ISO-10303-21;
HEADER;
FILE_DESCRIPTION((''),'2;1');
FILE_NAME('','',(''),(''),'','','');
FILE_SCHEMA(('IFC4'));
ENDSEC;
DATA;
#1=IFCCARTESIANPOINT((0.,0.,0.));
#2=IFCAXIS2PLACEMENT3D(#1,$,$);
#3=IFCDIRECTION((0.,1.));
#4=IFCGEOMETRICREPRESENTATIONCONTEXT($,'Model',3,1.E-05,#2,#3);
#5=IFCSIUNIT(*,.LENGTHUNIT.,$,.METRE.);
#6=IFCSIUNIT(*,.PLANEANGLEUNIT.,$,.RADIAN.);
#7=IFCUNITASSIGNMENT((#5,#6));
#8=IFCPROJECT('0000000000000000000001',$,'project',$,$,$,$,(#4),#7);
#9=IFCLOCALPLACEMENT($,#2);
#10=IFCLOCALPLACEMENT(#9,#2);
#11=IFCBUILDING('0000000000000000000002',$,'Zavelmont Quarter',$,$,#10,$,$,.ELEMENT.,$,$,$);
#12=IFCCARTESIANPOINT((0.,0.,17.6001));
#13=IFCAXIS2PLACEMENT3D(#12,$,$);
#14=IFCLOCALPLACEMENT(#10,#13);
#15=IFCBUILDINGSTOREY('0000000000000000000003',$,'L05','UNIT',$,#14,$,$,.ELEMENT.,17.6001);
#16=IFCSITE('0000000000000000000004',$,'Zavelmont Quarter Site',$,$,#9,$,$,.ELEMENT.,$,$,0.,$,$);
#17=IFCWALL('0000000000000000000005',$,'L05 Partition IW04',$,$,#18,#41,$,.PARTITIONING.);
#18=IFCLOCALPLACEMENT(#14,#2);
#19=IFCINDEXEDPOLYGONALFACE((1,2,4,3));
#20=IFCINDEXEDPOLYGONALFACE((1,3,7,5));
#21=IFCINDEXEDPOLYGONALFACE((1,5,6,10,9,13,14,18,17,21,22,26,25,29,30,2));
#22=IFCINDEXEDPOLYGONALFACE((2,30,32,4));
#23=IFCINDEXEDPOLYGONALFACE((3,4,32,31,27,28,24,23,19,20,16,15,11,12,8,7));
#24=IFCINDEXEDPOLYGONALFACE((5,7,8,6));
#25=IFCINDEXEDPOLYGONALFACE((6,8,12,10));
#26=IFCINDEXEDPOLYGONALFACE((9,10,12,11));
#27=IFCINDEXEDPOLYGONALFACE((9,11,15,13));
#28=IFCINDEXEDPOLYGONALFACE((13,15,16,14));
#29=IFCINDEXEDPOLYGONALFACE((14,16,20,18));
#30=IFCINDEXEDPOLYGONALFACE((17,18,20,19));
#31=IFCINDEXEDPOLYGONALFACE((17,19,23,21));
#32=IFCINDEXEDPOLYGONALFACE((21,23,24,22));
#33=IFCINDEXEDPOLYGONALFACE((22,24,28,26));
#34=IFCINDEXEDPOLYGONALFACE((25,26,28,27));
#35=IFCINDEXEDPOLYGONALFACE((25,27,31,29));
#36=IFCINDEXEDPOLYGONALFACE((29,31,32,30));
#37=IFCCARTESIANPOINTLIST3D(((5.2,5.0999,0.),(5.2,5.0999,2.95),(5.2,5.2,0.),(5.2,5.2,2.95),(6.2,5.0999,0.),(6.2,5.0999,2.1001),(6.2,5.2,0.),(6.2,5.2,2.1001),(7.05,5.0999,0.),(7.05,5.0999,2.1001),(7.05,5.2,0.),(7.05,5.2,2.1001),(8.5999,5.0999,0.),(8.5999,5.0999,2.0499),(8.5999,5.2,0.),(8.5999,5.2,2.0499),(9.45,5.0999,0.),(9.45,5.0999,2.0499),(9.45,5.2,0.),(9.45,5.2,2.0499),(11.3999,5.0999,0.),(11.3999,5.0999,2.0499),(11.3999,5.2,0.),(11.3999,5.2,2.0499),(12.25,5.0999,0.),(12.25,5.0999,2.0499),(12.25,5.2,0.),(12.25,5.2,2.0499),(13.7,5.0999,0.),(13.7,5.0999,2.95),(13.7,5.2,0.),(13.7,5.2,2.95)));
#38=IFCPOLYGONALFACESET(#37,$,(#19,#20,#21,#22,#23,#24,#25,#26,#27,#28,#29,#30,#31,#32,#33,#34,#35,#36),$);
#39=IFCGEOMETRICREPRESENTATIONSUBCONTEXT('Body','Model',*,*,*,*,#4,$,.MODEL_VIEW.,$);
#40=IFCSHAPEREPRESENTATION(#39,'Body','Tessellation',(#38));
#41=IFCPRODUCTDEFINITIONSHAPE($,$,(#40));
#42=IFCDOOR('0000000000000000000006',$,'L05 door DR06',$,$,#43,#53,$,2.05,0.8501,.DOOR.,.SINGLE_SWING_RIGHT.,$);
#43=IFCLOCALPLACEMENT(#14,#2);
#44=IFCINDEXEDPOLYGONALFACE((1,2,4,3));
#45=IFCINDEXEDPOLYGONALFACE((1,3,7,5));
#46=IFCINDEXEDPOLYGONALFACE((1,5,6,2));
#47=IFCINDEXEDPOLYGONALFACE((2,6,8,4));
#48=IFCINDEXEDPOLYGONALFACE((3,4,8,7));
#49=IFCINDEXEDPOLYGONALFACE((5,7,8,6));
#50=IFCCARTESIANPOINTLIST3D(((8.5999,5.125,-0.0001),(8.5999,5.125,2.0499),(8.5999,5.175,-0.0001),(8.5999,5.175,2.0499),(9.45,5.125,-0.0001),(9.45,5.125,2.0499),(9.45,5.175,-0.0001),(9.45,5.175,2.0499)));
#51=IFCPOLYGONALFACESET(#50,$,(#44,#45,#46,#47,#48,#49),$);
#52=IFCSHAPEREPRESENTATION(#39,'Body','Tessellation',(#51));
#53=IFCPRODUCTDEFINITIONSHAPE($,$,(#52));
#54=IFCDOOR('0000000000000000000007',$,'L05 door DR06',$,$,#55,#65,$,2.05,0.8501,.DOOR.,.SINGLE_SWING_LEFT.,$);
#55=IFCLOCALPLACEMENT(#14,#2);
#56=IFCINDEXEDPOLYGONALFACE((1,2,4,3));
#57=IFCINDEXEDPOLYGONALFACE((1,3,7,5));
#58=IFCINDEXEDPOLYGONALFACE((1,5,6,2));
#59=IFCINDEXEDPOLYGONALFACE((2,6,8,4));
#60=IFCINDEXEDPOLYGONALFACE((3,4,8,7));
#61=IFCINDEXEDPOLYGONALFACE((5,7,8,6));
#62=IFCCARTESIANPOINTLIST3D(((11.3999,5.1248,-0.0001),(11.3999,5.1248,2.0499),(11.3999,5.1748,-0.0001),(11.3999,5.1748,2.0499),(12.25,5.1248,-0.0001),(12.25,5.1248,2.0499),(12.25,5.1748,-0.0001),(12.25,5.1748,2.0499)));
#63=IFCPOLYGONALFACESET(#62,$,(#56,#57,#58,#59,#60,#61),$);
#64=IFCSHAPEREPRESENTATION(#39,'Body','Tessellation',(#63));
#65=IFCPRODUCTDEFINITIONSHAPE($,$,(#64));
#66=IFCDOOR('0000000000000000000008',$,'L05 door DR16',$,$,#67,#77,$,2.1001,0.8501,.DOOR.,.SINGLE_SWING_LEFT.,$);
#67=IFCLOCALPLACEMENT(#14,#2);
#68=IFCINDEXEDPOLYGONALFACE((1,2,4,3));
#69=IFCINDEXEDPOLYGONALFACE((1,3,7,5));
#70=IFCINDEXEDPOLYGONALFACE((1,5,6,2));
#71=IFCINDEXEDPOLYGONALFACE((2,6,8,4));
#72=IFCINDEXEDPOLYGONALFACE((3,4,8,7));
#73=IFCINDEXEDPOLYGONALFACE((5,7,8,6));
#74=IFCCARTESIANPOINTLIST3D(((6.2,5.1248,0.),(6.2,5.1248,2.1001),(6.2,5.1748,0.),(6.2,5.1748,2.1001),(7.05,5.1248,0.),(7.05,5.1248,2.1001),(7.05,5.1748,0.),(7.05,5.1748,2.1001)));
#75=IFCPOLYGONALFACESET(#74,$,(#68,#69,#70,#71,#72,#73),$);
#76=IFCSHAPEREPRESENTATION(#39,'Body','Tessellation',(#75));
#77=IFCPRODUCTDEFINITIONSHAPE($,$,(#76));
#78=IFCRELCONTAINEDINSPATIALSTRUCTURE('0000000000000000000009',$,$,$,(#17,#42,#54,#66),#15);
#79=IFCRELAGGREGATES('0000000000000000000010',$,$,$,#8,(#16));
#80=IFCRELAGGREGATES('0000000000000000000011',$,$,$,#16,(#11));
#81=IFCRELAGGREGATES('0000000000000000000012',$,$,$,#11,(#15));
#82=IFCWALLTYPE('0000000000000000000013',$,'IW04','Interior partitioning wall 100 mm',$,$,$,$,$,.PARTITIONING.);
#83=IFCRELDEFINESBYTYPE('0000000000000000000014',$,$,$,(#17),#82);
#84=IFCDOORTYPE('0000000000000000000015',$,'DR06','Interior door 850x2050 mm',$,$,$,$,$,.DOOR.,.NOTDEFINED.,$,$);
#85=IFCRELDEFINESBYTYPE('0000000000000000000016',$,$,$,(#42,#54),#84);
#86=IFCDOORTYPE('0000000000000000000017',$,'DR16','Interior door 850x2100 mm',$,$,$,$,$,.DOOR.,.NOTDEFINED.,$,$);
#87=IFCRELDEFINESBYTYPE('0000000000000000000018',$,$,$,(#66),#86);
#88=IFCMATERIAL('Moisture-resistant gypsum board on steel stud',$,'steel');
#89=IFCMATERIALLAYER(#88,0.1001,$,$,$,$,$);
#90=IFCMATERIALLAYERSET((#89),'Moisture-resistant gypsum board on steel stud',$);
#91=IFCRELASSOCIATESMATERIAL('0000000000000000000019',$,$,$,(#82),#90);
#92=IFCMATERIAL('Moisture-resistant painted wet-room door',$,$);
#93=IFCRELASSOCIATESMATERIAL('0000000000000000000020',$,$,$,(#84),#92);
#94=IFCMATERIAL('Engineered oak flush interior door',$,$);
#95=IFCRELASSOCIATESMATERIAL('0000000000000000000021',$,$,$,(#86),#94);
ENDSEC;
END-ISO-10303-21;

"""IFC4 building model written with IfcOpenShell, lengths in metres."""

from ifc_helpers import new_model, si_unit, direction, frame, frame_2d, origin, origin_with_axes, place, context, subcontext, project, spatial, rectangle, extrude, material, layer, layer_set, type_object, element, fill, save


model = new_model("IFC4")

# Units and contexts
model_context = context("Model", 3, precision=1e-05, world=origin(), true_north=direction((0.0, 1.0)))
body_context = subcontext(model_context, "Body", "Model", "MODEL_VIEW")
ifc_project = project(units=[si_unit("LENGTHUNIT", "METRE"), si_unit("PLANEANGLEUNIT", "RADIAN")], contexts=[model_context])

# Site, building, storey
site_placement = place(None, origin())
site = spatial("IfcSite", under=ifc_project, at=site_placement, Name="Zavelmont Quarter Site", CompositionType="ELEMENT", RefElevation=0.0)
building_placement = place(site_placement, origin())
building = spatial("IfcBuilding", under=site, at=building_placement, Name="Zavelmont Quarter", CompositionType="ELEMENT")
storey_placement = place(building_placement, frame((0.0, 0.0, 17.6001)))
storey = spatial("IfcBuildingStorey", under=building, at=storey_placement, Name="L05", Description="UNIT", CompositionType="ELEMENT", Elevation=17.6001)

# Shared definitions
ifc_material_1 = material(Name="Engineered oak flush interior door")

# Shared definitions
ifc_material_2 = material(Name="Moisture-resistant gypsum board on steel stud", Category="steel")
ifc_layer_1 = layer(ifc_material_2, 0.1001)
ifc_layer_set_1 = layer_set([ifc_layer_1], Name="Moisture-resistant gypsum board on steel stud")
wall_type_1 = type_object("IfcWallType", Name="IW04", Description="Interior partitioning wall 100 mm", PredefinedType="PARTITIONING", material=ifc_layer_set_1)

# Wall, openings, doors
wall_1_placement = place(storey_placement, frame((5.2, 5.1499, 0.0), z_axis=(0.0, 0.0, 1.0), x_axis=(1.0, 0.0, 0.0)))
wall_1 = element("IfcWall", 1, at=wall_1_placement, inside=storey, type_object=wall_type_1, Name="L05 Partition IW04", PredefinedType="PARTITIONING", context=body_context, shape_type="SweptSolid", body=[
    extrude(rectangle(XDim=8.5, YDim=0.1001, at=frame_2d((4.25, 0.0))), origin(), (0.0, 0.0, 1.0), 2.95),
])
opening_1_placement = place(wall_1_placement, frame((1.0, 0.0, 0.0)))
opening_1 = element("IfcOpeningElement", 2, at=opening_1_placement, cuts=wall_1, PredefinedType="OPENING", context=body_context, shape_type="SweptSolid", body=[
    extrude(rectangle(XDim=0.8501, YDim=2.1001, at=frame_2d((0.425, 1.05))), frame((0.0, 0.062, 0.0), z_axis=(0.0, -1.0, 0.0), x_axis=(1.0, 0.0, 0.0)), (0.0, 0.0, 1.0), 0.124),
])
opening_2_placement = place(wall_1_placement, frame((3.3999, 0.0, 0.0)))
opening_2 = element("IfcOpeningElement", 3, at=opening_2_placement, cuts=wall_1, PredefinedType="OPENING", context=body_context, shape_type="SweptSolid", body=[
    extrude(rectangle(XDim=0.8501, YDim=2.05, at=frame_2d((0.425, 1.0249))), frame((0.0, 0.062, 0.0), z_axis=(0.0, -1.0, 0.0), x_axis=(1.0, 0.0, 0.0)), (0.0, 0.0, 1.0), 0.124),
])
opening_3_placement = place(wall_1_placement, frame((6.2, 0.0, 0.0)))
opening_3 = element("IfcOpeningElement", 4, at=opening_3_placement, cuts=wall_1, PredefinedType="OPENING", context=body_context, shape_type="SweptSolid", body=[
    extrude(rectangle(XDim=0.8501, YDim=2.05, at=frame_2d((0.425, 1.0249))), frame((0.0, 0.062, 0.0), z_axis=(0.0, -1.0, 0.0), x_axis=(1.0, 0.0, 0.0)), (0.0, 0.0, 1.0), 0.124),
])
ifc_material_3 = material(Name="Moisture-resistant painted wet-room door")
door_type_1 = type_object("IfcDoorType", Name="DR06", Description="Interior door 850x2050 mm", OperationType="NOTDEFINED", PredefinedType="DOOR", material=ifc_material_3)
door_1_placement = place(opening_2_placement, frame((0.8501, 0.0, 0.0), z_axis=(0.0, 0.0, 1.0), x_axis=(-1.0, 0.0, 0.0)))
door_1 = element("IfcDoor", 5, at=door_1_placement, inside=storey, type_object=door_type_1, Name="L05 door DR06", OperationType="SINGLE_SWING_RIGHT", OverallHeight=2.05, OverallWidth=0.8501, PredefinedType="DOOR", context=body_context, shape_type="SweptSolid", body=[
    extrude(rectangle(XDim=0.8501, YDim=2.05, at=frame_2d((0.425, 1.0249))), frame((0.0, 0.0249, 0.0), z_axis=(0.0, -1.0, 0.0), x_axis=(1.0, 0.0, 0.0)), (0.0, 0.0, 1.0), 0.05),
])
fill(opening_2, door_1)
door_2_placement = place(opening_3_placement, origin_with_axes())
door_2 = element("IfcDoor", 6, at=door_2_placement, inside=storey, type_object=door_type_1, Name="L05 door DR06", OperationType="SINGLE_SWING_LEFT", OverallHeight=2.05, OverallWidth=0.8501, PredefinedType="DOOR", context=body_context, shape_type="SweptSolid", body=[
    extrude(rectangle(XDim=0.8501, YDim=2.05, at=frame_2d((0.425, 1.0249))), frame((0.0, 0.0249, 0.0), z_axis=(0.0, -1.0, 0.0), x_axis=(1.0, 0.0, 0.0)), (0.0, 0.0, 1.0), 0.05),
])
fill(opening_3, door_2)
door_type_2 = type_object("IfcDoorType", Name="DR16", Description="Interior door 850x2100 mm", OperationType="NOTDEFINED", PredefinedType="DOOR", material=ifc_material_1)
door_3_placement = place(opening_1_placement, origin_with_axes())
door_3 = element("IfcDoor", 7, at=door_3_placement, inside=storey, type_object=door_type_2, Name="L05 door DR16", OperationType="SINGLE_SWING_LEFT", OverallHeight=2.1001, OverallWidth=0.8501, PredefinedType="DOOR", context=body_context, shape_type="SweptSolid", body=[
    extrude(rectangle(XDim=0.8501, YDim=2.1001, at=frame_2d((0.425, 1.05))), frame((0.0, 0.0249, 0.0), z_axis=(0.0, -1.0, 0.0), x_axis=(1.0, 0.0, 0.0)), (0.0, 0.0, 1.0), 0.05),
])
fill(opening_1, door_3)

save(model, "model.ifc")
